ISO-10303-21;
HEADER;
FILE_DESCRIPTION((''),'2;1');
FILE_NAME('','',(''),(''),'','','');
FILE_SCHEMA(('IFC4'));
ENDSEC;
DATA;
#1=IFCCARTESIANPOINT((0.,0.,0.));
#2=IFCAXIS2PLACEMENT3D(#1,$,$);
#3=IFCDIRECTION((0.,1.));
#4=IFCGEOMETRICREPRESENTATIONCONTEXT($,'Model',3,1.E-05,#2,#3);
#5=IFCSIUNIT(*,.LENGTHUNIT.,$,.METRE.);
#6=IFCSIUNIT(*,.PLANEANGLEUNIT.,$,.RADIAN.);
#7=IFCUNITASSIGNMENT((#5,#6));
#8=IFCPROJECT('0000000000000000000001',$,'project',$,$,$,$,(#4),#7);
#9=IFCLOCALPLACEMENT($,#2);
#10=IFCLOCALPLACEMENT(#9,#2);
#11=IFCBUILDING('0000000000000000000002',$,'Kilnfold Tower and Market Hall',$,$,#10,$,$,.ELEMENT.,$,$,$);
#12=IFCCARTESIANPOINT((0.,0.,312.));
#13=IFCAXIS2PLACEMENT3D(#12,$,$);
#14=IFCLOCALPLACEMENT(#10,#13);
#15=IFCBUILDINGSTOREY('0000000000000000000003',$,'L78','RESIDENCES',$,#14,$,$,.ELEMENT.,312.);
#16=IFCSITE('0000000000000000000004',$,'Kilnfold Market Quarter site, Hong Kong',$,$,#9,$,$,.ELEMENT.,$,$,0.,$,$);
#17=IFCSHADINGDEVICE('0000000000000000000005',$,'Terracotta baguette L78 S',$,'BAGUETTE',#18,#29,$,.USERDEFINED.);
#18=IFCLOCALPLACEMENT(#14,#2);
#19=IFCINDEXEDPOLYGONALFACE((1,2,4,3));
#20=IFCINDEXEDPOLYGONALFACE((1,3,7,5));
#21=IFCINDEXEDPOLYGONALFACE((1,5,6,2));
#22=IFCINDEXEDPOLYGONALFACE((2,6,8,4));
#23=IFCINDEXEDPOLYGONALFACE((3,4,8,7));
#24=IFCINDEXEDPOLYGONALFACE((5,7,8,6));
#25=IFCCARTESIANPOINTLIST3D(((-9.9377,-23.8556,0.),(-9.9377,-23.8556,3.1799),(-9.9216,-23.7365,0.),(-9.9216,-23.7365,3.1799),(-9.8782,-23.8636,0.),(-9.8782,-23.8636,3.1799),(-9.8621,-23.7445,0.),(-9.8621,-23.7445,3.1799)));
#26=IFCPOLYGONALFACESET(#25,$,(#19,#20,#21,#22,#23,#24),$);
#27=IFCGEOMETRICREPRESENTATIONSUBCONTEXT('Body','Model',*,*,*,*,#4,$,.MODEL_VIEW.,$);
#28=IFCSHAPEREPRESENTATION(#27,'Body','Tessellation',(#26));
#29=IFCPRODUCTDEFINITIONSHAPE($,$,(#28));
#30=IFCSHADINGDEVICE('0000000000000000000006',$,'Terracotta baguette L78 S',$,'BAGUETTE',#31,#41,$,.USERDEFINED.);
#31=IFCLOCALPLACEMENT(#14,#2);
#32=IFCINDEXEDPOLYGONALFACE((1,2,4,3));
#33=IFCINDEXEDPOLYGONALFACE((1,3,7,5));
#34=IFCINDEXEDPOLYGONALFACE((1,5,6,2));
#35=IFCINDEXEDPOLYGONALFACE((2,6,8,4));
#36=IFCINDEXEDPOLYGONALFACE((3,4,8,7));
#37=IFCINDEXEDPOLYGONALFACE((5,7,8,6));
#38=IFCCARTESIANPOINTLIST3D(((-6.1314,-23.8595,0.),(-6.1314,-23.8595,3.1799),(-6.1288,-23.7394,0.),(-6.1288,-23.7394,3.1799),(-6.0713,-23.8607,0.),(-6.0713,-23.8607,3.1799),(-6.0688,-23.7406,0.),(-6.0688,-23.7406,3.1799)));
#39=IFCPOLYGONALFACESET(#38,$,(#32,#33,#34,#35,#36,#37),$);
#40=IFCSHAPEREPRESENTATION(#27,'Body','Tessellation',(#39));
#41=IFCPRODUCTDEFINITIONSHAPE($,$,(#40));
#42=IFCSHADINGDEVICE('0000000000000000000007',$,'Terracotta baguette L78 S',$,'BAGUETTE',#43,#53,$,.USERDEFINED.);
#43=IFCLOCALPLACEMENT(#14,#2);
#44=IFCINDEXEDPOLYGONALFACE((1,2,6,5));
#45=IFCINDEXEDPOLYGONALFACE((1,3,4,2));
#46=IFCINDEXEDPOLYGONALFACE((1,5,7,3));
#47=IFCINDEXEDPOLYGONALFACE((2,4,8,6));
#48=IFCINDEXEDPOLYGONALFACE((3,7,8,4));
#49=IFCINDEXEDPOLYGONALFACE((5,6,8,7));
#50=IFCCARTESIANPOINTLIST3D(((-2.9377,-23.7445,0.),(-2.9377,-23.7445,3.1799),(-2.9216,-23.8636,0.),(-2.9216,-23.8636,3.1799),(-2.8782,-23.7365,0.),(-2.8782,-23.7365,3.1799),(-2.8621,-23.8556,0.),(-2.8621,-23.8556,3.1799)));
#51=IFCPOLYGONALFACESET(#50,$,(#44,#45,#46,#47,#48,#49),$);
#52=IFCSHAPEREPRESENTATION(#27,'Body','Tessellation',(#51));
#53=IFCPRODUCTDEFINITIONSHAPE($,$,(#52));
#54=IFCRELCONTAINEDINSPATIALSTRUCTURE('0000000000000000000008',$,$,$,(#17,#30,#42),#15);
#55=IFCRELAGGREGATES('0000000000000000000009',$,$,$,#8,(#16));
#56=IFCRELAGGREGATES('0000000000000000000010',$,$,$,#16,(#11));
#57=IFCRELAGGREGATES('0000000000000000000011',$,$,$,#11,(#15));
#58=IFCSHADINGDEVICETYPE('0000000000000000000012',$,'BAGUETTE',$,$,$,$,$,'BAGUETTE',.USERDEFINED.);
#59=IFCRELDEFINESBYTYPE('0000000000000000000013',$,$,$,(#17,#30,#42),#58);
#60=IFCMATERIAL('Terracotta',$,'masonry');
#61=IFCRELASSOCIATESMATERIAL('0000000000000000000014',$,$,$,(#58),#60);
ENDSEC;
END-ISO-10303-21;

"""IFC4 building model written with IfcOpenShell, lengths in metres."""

from ifc_helpers import new_model, si_unit, direction, frame, origin, origin_2d, place, context, subcontext, project, spatial, rectangle, extrude, source, transform, mapped, material, material_profile, profile_set, type_object, element, save


model = new_model("IFC4")

# Units and contexts
model_context = context("Model", 3, precision=1e-05, world=origin(), true_north=direction((0.0, 1.0)))
body_context = subcontext(model_context, "Body", "Model", "MODEL_VIEW")
ifc_project = project(units=[si_unit("LENGTHUNIT", "METRE"), si_unit("PLANEANGLEUNIT", "RADIAN")], contexts=[model_context])

# Site, building, storey
site_placement = place(None, origin())
site = spatial("IfcSite", under=ifc_project, at=site_placement, Name="Kilnfold Market Quarter site, Hong Kong", CompositionType="ELEMENT", RefElevation=0.0)
building_placement = place(site_placement, origin())
building = spatial("IfcBuilding", under=site, at=building_placement, Name="Kilnfold Tower and Market Hall", CompositionType="ELEMENT")
storey_placement = place(building_placement, frame((0.0, 0.0, 312.0)))
storey = spatial("IfcBuildingStorey", under=building, at=storey_placement, Name="L78", Description="RESIDENCES", CompositionType="ELEMENT", Elevation=312.0)

# Shading devices
ifc_material_1 = material(Name="Terracotta", Category="masonry")
ifc_material_profile_1 = material_profile(ifc_material_1, rectangle(XDim=0.0601, YDim=0.1201, at=origin_2d()), Name="BAG 60x120")
ifc_profile_set_1 = profile_set([ifc_material_profile_1], Name="Terracotta")
shading_device_type = type_object("IfcShadingDeviceType", Name="BAGUETTE", ElementType="BAGUETTE", PredefinedType="USERDEFINED", material=ifc_profile_set_1)
shared_shape_1 = source(origin(), body_context, "Body", "SweptSolid", [
    extrude(rectangle(XDim=0.0601, YDim=0.1201, at=origin_2d()), origin(), (0.0, 0.0, 1.0), 3.1799),
])
for number, where, z_axis, x_axis, name in (
    (1, (-9.8999, -23.8, 0.0), (0.0, 0.0, 1.0), (0.991048, -0.133507, 0.0), "Terracotta baguette L78 S"),
    (2, (-6.1001, -23.8, 0.0), (0.0, 0.0, 1.0), (0.999775, -0.021222, 0.0), "Terracotta baguette L78 S"),
    (3, (-2.8999, -23.8, 0.0), (0.0, 0.0, 1.0), (0.991048, 0.133507, 0.0), "Terracotta baguette L78 S"),
):
    element("IfcShadingDevice", number, at=place(storey_placement, frame(where, z_axis=z_axis, x_axis=x_axis)), inside=storey, type_object=shading_device_type, Name=name, ObjectType="BAGUETTE", PredefinedType="USERDEFINED", context=body_context, shape_type="MappedRepresentation", body=[
        mapped(shared_shape_1, transform((0.0, 0.0, 0.0))),
    ])

save(model, "model.ifc")
